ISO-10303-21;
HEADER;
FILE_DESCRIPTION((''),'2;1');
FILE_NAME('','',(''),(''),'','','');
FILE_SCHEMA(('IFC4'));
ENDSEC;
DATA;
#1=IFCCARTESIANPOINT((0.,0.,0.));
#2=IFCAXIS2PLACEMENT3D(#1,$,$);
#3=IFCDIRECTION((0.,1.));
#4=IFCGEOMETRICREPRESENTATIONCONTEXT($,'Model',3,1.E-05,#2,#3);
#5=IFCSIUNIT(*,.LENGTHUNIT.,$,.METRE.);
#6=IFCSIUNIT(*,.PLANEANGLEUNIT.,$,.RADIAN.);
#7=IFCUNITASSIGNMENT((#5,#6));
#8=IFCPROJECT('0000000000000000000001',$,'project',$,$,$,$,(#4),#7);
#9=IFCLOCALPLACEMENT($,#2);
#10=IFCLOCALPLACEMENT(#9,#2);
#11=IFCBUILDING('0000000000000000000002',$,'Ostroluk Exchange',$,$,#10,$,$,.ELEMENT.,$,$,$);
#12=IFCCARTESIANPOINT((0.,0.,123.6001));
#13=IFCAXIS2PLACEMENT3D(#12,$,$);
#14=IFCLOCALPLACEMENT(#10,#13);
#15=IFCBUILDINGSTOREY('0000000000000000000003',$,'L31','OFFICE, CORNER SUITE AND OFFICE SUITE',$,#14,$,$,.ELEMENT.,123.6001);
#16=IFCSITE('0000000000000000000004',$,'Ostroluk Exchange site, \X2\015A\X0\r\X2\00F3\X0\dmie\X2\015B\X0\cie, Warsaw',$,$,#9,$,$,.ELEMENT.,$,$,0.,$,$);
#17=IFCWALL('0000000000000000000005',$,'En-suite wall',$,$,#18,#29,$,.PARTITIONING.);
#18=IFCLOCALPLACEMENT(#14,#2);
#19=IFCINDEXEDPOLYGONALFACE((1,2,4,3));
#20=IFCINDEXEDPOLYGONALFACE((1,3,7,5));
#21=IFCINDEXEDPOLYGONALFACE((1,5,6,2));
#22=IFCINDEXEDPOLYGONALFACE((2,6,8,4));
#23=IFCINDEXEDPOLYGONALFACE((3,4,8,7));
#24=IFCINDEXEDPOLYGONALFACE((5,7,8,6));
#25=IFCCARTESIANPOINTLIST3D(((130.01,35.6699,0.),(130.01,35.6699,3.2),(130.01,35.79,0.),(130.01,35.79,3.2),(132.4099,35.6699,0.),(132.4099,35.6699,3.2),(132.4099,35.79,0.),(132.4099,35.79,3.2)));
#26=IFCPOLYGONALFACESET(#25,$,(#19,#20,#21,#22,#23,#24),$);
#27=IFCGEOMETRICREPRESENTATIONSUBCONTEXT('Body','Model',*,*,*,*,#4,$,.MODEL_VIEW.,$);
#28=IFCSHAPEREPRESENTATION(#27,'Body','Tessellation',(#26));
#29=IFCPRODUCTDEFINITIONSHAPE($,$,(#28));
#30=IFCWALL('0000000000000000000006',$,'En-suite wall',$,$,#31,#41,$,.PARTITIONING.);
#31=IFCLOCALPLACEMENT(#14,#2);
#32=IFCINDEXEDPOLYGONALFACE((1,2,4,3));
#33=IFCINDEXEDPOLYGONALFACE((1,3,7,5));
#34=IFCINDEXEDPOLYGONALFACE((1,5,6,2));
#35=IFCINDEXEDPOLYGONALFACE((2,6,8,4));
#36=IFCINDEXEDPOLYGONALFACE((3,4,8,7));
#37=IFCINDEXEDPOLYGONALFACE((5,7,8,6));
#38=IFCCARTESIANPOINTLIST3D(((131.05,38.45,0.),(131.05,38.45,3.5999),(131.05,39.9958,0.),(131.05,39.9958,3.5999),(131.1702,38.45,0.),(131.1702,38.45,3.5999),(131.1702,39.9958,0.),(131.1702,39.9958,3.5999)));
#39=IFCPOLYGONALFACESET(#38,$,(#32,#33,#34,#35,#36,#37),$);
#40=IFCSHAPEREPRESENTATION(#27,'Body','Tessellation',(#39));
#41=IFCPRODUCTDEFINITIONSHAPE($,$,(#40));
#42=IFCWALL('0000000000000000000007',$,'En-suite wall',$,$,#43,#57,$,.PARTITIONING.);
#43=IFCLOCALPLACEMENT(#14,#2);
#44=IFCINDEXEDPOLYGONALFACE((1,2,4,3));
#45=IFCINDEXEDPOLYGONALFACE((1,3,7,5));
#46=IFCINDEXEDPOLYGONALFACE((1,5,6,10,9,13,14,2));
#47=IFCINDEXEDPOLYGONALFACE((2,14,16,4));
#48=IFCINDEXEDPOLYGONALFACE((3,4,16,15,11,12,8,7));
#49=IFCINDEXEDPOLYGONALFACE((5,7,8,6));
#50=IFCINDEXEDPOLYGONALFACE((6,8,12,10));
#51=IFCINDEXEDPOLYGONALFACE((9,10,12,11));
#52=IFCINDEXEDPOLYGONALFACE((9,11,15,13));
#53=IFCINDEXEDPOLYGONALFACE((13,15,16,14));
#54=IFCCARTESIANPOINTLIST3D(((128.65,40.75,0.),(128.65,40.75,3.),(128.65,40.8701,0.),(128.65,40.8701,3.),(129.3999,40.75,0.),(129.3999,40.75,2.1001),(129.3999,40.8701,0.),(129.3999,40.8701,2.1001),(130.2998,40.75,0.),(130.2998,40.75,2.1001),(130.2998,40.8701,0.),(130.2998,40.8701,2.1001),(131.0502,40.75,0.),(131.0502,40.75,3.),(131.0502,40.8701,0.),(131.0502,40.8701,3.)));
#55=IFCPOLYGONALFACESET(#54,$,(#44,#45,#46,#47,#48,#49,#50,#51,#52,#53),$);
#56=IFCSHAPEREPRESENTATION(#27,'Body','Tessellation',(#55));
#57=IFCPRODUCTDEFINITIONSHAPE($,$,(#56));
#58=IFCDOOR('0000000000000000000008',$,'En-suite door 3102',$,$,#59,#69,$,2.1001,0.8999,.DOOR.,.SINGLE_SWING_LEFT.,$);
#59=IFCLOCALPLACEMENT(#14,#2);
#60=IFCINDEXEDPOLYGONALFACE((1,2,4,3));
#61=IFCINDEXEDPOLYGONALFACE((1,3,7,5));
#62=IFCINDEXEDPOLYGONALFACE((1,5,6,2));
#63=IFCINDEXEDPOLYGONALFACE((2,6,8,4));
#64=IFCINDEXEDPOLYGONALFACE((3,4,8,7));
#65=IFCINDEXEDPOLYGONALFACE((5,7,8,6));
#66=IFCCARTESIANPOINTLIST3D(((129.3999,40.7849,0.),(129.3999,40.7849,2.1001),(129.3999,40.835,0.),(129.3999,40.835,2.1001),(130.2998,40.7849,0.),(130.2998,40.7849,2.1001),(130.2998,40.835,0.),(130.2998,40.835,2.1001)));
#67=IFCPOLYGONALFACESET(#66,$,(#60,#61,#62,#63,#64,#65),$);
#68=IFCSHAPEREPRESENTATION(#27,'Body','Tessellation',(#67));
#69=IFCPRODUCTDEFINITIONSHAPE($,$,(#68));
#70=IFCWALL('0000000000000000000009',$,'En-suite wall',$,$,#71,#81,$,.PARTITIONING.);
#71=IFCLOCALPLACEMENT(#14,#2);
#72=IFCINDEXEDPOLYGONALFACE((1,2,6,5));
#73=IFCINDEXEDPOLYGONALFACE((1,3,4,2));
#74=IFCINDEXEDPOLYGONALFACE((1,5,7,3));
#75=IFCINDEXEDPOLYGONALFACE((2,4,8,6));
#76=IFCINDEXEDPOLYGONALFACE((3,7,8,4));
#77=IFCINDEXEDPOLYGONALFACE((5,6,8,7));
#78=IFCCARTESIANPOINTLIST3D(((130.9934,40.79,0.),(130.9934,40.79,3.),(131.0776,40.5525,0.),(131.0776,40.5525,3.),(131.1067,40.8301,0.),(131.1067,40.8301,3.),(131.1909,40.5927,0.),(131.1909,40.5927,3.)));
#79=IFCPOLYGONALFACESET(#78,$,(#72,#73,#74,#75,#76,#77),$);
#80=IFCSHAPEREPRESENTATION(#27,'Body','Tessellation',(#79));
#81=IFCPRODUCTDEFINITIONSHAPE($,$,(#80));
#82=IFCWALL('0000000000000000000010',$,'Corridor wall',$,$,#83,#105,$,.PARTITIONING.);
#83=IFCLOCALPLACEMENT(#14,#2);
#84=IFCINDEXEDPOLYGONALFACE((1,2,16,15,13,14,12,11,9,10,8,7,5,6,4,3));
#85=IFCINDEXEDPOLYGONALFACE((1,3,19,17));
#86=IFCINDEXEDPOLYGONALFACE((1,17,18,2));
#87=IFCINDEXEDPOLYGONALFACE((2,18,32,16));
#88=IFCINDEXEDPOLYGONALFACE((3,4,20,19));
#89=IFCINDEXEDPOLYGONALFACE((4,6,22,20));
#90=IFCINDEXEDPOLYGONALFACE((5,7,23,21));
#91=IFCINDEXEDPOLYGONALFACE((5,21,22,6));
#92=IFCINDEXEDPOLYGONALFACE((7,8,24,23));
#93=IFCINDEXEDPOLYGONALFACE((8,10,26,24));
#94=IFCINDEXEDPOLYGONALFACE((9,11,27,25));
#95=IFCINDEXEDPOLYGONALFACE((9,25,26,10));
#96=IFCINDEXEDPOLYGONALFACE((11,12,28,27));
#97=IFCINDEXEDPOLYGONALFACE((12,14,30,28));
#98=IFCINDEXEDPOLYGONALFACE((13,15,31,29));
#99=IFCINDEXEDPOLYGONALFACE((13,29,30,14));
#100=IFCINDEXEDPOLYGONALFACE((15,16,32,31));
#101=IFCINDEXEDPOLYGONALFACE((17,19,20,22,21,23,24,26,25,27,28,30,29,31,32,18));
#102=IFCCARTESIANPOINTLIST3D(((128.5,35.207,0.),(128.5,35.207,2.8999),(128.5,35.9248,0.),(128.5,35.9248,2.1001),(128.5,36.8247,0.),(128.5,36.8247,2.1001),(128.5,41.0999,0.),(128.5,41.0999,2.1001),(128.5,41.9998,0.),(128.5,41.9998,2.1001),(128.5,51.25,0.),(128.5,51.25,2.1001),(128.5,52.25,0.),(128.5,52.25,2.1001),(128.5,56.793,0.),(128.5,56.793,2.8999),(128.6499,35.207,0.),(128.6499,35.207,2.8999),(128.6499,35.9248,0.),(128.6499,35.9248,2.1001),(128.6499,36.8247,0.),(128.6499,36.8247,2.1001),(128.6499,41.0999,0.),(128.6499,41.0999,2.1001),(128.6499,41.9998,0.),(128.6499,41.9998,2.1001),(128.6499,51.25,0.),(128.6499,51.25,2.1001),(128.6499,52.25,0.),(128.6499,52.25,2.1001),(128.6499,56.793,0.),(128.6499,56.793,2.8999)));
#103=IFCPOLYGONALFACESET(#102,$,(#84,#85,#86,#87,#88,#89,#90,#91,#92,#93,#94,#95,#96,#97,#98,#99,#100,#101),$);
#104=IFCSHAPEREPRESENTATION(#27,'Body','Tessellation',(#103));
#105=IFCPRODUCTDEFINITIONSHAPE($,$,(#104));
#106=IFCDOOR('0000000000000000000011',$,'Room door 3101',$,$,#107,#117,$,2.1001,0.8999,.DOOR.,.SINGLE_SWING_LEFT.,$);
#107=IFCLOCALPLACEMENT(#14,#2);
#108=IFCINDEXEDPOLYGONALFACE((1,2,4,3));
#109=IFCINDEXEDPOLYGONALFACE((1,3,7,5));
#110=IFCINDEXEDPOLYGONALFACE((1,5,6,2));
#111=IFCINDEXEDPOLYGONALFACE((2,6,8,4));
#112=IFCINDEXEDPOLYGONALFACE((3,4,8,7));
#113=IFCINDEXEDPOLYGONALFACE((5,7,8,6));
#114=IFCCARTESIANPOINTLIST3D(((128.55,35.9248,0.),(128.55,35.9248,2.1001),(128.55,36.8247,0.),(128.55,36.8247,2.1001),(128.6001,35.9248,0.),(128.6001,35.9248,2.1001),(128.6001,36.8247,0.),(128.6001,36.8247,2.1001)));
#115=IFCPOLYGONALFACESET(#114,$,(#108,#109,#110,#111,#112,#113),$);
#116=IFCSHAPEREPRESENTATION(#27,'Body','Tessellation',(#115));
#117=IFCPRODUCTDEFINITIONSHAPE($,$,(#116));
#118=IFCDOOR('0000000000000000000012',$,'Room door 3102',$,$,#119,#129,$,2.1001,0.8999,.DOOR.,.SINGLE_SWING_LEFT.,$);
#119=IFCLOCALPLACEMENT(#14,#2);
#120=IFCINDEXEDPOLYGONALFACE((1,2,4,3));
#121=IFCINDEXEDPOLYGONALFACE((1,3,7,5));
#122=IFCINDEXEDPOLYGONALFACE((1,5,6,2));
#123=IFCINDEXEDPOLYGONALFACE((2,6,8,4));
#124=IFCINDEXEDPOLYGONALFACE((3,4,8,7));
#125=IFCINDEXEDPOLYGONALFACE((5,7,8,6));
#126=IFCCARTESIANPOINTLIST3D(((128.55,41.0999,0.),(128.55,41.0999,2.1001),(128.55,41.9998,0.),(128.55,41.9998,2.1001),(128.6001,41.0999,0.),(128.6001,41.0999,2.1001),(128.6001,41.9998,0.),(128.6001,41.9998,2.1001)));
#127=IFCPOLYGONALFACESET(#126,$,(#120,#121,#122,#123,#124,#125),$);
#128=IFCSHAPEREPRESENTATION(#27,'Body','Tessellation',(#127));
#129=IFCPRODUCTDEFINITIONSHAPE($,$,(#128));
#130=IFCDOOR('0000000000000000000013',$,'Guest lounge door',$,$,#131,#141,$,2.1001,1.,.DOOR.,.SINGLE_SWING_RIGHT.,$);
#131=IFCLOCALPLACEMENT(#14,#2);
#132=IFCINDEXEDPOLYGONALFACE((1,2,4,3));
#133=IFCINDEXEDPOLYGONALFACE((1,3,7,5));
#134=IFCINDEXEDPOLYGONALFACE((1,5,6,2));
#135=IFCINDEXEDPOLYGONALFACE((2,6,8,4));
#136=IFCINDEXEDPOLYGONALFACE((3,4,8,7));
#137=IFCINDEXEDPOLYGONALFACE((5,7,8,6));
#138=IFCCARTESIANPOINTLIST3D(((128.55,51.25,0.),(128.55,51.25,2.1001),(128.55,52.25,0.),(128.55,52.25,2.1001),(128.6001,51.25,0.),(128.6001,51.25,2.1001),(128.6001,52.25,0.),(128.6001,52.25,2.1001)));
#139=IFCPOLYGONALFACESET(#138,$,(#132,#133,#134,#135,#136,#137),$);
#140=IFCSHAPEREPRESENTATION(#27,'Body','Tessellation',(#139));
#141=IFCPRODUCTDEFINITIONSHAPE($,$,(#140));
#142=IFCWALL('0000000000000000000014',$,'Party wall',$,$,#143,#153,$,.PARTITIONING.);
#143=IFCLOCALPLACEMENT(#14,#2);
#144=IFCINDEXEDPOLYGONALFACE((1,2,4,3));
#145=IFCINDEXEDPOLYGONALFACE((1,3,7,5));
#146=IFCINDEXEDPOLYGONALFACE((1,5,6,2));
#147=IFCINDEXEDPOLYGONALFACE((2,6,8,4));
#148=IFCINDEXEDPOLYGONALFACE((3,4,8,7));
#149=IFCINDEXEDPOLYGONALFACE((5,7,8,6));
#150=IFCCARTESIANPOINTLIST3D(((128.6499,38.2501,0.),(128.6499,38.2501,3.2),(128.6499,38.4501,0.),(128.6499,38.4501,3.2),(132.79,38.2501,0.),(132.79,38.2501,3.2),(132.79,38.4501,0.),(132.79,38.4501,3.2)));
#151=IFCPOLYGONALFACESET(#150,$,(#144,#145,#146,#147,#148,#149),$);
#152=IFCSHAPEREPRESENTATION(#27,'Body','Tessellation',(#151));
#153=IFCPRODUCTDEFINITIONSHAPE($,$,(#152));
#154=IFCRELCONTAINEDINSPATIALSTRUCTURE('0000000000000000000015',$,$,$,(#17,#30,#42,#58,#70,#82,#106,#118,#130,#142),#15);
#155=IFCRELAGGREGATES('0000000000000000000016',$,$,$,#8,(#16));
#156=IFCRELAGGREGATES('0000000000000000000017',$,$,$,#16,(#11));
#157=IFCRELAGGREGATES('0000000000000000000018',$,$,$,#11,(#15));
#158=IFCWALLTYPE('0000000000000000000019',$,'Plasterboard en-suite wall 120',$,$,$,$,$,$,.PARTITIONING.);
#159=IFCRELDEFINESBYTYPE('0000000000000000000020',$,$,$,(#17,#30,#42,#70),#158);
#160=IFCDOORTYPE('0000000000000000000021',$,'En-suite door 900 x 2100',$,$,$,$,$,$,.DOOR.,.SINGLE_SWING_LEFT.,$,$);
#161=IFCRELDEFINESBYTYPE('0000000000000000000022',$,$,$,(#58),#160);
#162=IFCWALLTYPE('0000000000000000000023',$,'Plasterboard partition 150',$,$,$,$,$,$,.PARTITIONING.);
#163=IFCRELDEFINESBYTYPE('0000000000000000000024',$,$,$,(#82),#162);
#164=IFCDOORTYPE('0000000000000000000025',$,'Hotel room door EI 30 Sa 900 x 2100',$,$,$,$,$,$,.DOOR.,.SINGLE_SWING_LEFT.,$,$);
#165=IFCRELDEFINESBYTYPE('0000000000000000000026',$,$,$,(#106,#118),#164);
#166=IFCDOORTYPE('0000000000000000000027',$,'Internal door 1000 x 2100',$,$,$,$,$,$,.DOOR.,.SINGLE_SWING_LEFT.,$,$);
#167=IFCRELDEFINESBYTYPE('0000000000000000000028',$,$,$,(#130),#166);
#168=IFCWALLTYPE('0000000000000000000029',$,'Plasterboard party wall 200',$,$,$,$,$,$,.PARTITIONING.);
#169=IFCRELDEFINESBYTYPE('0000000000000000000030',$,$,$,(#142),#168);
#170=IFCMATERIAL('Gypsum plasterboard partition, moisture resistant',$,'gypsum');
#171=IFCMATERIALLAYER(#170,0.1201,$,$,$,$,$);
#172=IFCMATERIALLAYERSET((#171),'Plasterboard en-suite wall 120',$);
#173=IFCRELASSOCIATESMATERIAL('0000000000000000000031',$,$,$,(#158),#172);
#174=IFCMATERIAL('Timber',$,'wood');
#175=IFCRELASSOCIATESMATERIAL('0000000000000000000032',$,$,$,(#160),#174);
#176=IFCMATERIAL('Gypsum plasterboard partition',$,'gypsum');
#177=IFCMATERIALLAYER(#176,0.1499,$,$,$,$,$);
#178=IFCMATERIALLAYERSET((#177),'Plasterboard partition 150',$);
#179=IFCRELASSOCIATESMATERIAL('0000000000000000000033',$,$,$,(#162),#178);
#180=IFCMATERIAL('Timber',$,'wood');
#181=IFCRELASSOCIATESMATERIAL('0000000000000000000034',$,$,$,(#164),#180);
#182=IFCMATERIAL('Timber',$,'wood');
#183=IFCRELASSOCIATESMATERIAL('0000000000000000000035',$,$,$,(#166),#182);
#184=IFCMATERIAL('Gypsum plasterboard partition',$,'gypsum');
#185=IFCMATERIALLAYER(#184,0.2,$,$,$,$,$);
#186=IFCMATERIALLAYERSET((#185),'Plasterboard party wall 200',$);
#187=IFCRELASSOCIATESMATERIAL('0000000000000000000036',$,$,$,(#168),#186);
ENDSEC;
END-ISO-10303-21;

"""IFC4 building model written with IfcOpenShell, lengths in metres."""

from ifc_helpers import new_model, si_unit, direction, frame, frame_2d, origin, place, context, subcontext, project, spatial, rectangle, extrude, material, layer, layer_set, type_object, element, fill, save


model = new_model("IFC4")

# Units and contexts
model_context = context("Model", 3, precision=1e-05, world=origin(), true_north=direction((0.0, 1.0)))
body_context = subcontext(model_context, "Body", "Model", "MODEL_VIEW")
ifc_project = project(units=[si_unit("LENGTHUNIT", "METRE"), si_unit("PLANEANGLEUNIT", "RADIAN")], contexts=[model_context])

# Site, building, storey
site_placement = place(None, origin())
site = spatial("IfcSite", under=ifc_project, at=site_placement, Name="Ostroluk Exchange site, Śródmieście, Warsaw", CompositionType="ELEMENT", RefElevation=0.0)
building_placement = place(site_placement, origin())
building = spatial("IfcBuilding", under=site, at=building_placement, Name="Ostroluk Exchange", CompositionType="ELEMENT")
storey_placement = place(building_placement, frame((0.0, 0.0, 123.6001)))
storey = spatial("IfcBuildingStorey", under=building, at=storey_placement, Name="L31", Description="OFFICE, CORNER SUITE AND OFFICE SUITE", CompositionType="ELEMENT", Elevation=123.6001)

# Shared definitions
ifc_material_1 = material(Name="Gypsum plasterboard partition, moisture resistant", Category="gypsum")
ifc_layer_1 = layer(ifc_material_1, 0.1201)
ifc_layer_set_1 = layer_set([ifc_layer_1], Name="Plasterboard en-suite wall 120")
wall_type_1 = type_object("IfcWallType", Name="Plasterboard en-suite wall 120", PredefinedType="PARTITIONING", material=ifc_layer_set_1)
ifc_material_2 = material(Name="Timber", Category="wood")
door_type_1 = type_object("IfcDoorType", Name="En-suite door 900 x 2100", OperationType="SINGLE_SWING_LEFT", PredefinedType="DOOR", material=ifc_material_2)

# Walls
wall_1_placement = place(storey_placement, frame((130.01, 35.73, 0.0), z_axis=(0.0, 0.0, 1.0), x_axis=(1.0, 0.0, 0.0)))
element("IfcWall", 1, at=wall_1_placement, inside=storey, type_object=wall_type_1, Name="En-suite wall", PredefinedType="PARTITIONING", context=body_context, shape_type="SweptSolid", body=[
    extrude(rectangle(XDim=2.3999, YDim=0.1201, at=frame_2d((1.2, 0.0))), origin(), (0.0, 0.0, 1.0), 3.2),
])
wall_2_placement = place(storey_placement, frame((131.1101, 38.45, 0.0), z_axis=(0.0, 0.0, 1.0), x_axis=(0.0, 1.0, 0.0)))
element("IfcWall", 2, at=wall_2_placement, inside=storey, type_object=wall_type_1, Name="En-suite wall", PredefinedType="PARTITIONING", context=body_context, shape_type="SweptSolid", body=[
    extrude(rectangle(XDim=1.5459, YDim=0.1201, at=frame_2d((0.7729, 0.0))), origin(), (0.0, 0.0, 1.0), 3.5999),
])

# Wall, opening, door
wall_3_placement = place(storey_placement, frame((128.6499, 40.8101, 0.0), z_axis=(0.0, 0.0, 1.0), x_axis=(1.0, 0.0, 0.0)))
wall_3 = element("IfcWall", 3, at=wall_3_placement, inside=storey, type_object=wall_type_1, Name="En-suite wall", PredefinedType="PARTITIONING", context=body_context, shape_type="SweptSolid", body=[
    extrude(rectangle(XDim=2.4001, YDim=0.1201, at=frame_2d((1.2002, 0.0))), origin(), (0.0, 0.0, 1.0), 3.0),
])
opening_1_placement = place(wall_3_placement, frame((0.75, 0.0, 0.0)))
opening_1 = element("IfcOpeningElement", 4, at=opening_1_placement, cuts=wall_3, PredefinedType="OPENING", context=body_context, shape_type="SweptSolid", body=[
    extrude(rectangle(XDim=0.8999, YDim=2.1001, at=frame_2d((0.45, 1.05))), frame((0.0, 0.0701, 0.0), z_axis=(0.0, -1.0, 0.0), x_axis=(1.0, 0.0, 0.0)), (0.0, 0.0, 1.0), 0.1401),
])
door_1_placement = place(opening_1_placement, origin())
door_1 = element("IfcDoor", 5, at=door_1_placement, inside=storey, type_object=door_type_1, Name="En-suite door 3102", OperationType="SINGLE_SWING_LEFT", OverallHeight=2.1001, OverallWidth=0.8999, PredefinedType="DOOR", context=body_context, shape_type="SweptSolid", body=[
    extrude(rectangle(XDim=0.8999, YDim=2.1001, at=frame_2d((0.45, 1.05))), frame((0.0, 0.0249, 0.0), z_axis=(0.0, -1.0, 0.0), x_axis=(1.0, 0.0, 0.0)), (0.0, 0.0, 1.0), 0.05),
])
fill(opening_1, door_1)

# Wall
wall_4_placement = place(storey_placement, frame((131.05, 40.8101, 0.0), z_axis=(0.0, 0.0, 1.0), x_axis=(0.334188, -0.942507, 0.0)))
element("IfcWall", 6, at=wall_4_placement, inside=storey, type_object=wall_type_1, Name="En-suite wall", PredefinedType="PARTITIONING", context=body_context, shape_type="SweptSolid", body=[
    extrude(rectangle(XDim=0.252, YDim=0.1201, at=frame_2d((0.126, 0.0))), origin(), (0.0, 0.0, 1.0), 3.0),
])

# Wall, openings, doors
ifc_material_3 = material(Name="Gypsum plasterboard partition", Category="gypsum")
ifc_layer_2 = layer(ifc_material_3, 0.1499)
ifc_layer_set_2 = layer_set([ifc_layer_2], Name="Plasterboard partition 150")
wall_type_2 = type_object("IfcWallType", Name="Plasterboard partition 150", PredefinedType="PARTITIONING", material=ifc_layer_set_2)
wall_5_placement = place(storey_placement, frame((128.575, 35.207, 0.0), z_axis=(0.0, 0.0, 1.0), x_axis=(0.0, 1.0, 0.0)))
wall_5 = element("IfcWall", 7, at=wall_5_placement, inside=storey, type_object=wall_type_2, Name="Corridor wall", PredefinedType="PARTITIONING", context=body_context, shape_type="SweptSolid", body=[
    extrude(rectangle(XDim=21.5859, YDim=0.1499, at=frame_2d((10.793, 0.0))), origin(), (0.0, 0.0, 1.0), 2.8999),
])
opening_2_placement = place(wall_5_placement, frame((0.7178, 0.0, 0.0)))
opening_2 = element("IfcOpeningElement", 8, at=opening_2_placement, cuts=wall_5, PredefinedType="OPENING", context=body_context, shape_type="SweptSolid", body=[
    extrude(rectangle(XDim=0.8999, YDim=2.1001, at=frame_2d((0.45, 1.05))), frame((0.0, 0.085, 0.0), z_axis=(0.0, -1.0, 0.0), x_axis=(1.0, 0.0, 0.0)), (0.0, 0.0, 1.0), 0.1699),
])
opening_3_placement = place(wall_5_placement, frame((5.8928, 0.0, 0.0)))
opening_3 = element("IfcOpeningElement", 9, at=opening_3_placement, cuts=wall_5, PredefinedType="OPENING", context=body_context, shape_type="SweptSolid", body=[
    extrude(rectangle(XDim=0.8999, YDim=2.1001, at=frame_2d((0.45, 1.05))), frame((0.0, 0.085, 0.0), z_axis=(0.0, -1.0, 0.0), x_axis=(1.0, 0.0, 0.0)), (0.0, 0.0, 1.0), 0.1699),
])
opening_4_placement = place(wall_5_placement, frame((16.043, 0.0, 0.0)))
opening_4 = element("IfcOpeningElement", 10, at=opening_4_placement, cuts=wall_5, PredefinedType="OPENING", context=body_context, shape_type="SweptSolid", body=[
    extrude(rectangle(XDim=1.0, YDim=2.1001, at=frame_2d((0.5, 1.05))), frame((0.0, 0.085, 0.0), z_axis=(0.0, -1.0, 0.0), x_axis=(1.0, 0.0, 0.0)), (0.0, 0.0, 1.0), 0.1699),
])
ifc_material_4 = material(Name="Timber", Category="wood")
door_type_2 = type_object("IfcDoorType", Name="Hotel room door EI 30 Sa 900 x 2100", OperationType="SINGLE_SWING_LEFT", PredefinedType="DOOR", material=ifc_material_4)
door_2_placement = place(opening_2_placement, origin())
door_2 = element("IfcDoor", 11, at=door_2_placement, inside=storey, type_object=door_type_2, Name="Room door 3101", OperationType="SINGLE_SWING_LEFT", OverallHeight=2.1001, OverallWidth=0.8999, PredefinedType="DOOR", context=body_context, shape_type="SweptSolid", body=[
    extrude(rectangle(XDim=0.8999, YDim=2.1001, at=frame_2d((0.45, 1.05))), frame((0.0, 0.0249, 0.0), z_axis=(0.0, -1.0, 0.0), x_axis=(1.0, 0.0, 0.0)), (0.0, 0.0, 1.0), 0.05),
])
fill(opening_2, door_2)
door_3_placement = place(opening_3_placement, origin())
door_3 = element("IfcDoor", 12, at=door_3_placement, inside=storey, type_object=door_type_2, Name="Room door 3102", OperationType="SINGLE_SWING_LEFT", OverallHeight=2.1001, OverallWidth=0.8999, PredefinedType="DOOR", context=body_context, shape_type="SweptSolid", body=[
    extrude(rectangle(XDim=0.8999, YDim=2.1001, at=frame_2d((0.45, 1.05))), frame((0.0, 0.0249, 0.0), z_axis=(0.0, -1.0, 0.0), x_axis=(1.0, 0.0, 0.0)), (0.0, 0.0, 1.0), 0.05),
])
fill(opening_3, door_3)
ifc_material_5 = material(Name="Timber", Category="wood")
door_type_3 = type_object("IfcDoorType", Name="Internal door 1000 x 2100", OperationType="SINGLE_SWING_LEFT", PredefinedType="DOOR", material=ifc_material_5)
door_4_placement = place(opening_4_placement, origin())
door_4 = element("IfcDoor", 13, at=door_4_placement, inside=storey, type_object=door_type_3, Name="Guest lounge door", OperationType="SINGLE_SWING_RIGHT", OverallHeight=2.1001, OverallWidth=1.0, PredefinedType="DOOR", context=body_context, shape_type="SweptSolid", body=[
    extrude(rectangle(XDim=1.0, YDim=2.1001, at=frame_2d((0.5, 1.05))), frame((0.0, 0.0249, 0.0), z_axis=(0.0, -1.0, 0.0), x_axis=(1.0, 0.0, 0.0)), (0.0, 0.0, 1.0), 0.05),
])
fill(opening_4, door_4)

# Wall
ifc_material_6 = material(Name="Gypsum plasterboard partition", Category="gypsum")
ifc_layer_3 = layer(ifc_material_6, 0.2)
ifc_layer_set_3 = layer_set([ifc_layer_3], Name="Plasterboard party wall 200")
wall_type_3 = type_object("IfcWallType", Name="Plasterboard party wall 200", PredefinedType="PARTITIONING", material=ifc_layer_set_3)
wall_6_placement = place(storey_placement, frame((128.6499, 38.3501, 0.0), z_axis=(0.0, 0.0, 1.0), x_axis=(1.0, 0.0, 0.0)))
element("IfcWall", 14, at=wall_6_placement, inside=storey, type_object=wall_type_3, Name="Party wall", PredefinedType="PARTITIONING", context=body_context, shape_type="SweptSolid", body=[
    extrude(rectangle(XDim=4.1401, YDim=0.2, at=frame_2d((2.0701, 0.0))), origin(), (0.0, 0.0, 1.0), 3.2),
])

save(model, "model.ifc")
